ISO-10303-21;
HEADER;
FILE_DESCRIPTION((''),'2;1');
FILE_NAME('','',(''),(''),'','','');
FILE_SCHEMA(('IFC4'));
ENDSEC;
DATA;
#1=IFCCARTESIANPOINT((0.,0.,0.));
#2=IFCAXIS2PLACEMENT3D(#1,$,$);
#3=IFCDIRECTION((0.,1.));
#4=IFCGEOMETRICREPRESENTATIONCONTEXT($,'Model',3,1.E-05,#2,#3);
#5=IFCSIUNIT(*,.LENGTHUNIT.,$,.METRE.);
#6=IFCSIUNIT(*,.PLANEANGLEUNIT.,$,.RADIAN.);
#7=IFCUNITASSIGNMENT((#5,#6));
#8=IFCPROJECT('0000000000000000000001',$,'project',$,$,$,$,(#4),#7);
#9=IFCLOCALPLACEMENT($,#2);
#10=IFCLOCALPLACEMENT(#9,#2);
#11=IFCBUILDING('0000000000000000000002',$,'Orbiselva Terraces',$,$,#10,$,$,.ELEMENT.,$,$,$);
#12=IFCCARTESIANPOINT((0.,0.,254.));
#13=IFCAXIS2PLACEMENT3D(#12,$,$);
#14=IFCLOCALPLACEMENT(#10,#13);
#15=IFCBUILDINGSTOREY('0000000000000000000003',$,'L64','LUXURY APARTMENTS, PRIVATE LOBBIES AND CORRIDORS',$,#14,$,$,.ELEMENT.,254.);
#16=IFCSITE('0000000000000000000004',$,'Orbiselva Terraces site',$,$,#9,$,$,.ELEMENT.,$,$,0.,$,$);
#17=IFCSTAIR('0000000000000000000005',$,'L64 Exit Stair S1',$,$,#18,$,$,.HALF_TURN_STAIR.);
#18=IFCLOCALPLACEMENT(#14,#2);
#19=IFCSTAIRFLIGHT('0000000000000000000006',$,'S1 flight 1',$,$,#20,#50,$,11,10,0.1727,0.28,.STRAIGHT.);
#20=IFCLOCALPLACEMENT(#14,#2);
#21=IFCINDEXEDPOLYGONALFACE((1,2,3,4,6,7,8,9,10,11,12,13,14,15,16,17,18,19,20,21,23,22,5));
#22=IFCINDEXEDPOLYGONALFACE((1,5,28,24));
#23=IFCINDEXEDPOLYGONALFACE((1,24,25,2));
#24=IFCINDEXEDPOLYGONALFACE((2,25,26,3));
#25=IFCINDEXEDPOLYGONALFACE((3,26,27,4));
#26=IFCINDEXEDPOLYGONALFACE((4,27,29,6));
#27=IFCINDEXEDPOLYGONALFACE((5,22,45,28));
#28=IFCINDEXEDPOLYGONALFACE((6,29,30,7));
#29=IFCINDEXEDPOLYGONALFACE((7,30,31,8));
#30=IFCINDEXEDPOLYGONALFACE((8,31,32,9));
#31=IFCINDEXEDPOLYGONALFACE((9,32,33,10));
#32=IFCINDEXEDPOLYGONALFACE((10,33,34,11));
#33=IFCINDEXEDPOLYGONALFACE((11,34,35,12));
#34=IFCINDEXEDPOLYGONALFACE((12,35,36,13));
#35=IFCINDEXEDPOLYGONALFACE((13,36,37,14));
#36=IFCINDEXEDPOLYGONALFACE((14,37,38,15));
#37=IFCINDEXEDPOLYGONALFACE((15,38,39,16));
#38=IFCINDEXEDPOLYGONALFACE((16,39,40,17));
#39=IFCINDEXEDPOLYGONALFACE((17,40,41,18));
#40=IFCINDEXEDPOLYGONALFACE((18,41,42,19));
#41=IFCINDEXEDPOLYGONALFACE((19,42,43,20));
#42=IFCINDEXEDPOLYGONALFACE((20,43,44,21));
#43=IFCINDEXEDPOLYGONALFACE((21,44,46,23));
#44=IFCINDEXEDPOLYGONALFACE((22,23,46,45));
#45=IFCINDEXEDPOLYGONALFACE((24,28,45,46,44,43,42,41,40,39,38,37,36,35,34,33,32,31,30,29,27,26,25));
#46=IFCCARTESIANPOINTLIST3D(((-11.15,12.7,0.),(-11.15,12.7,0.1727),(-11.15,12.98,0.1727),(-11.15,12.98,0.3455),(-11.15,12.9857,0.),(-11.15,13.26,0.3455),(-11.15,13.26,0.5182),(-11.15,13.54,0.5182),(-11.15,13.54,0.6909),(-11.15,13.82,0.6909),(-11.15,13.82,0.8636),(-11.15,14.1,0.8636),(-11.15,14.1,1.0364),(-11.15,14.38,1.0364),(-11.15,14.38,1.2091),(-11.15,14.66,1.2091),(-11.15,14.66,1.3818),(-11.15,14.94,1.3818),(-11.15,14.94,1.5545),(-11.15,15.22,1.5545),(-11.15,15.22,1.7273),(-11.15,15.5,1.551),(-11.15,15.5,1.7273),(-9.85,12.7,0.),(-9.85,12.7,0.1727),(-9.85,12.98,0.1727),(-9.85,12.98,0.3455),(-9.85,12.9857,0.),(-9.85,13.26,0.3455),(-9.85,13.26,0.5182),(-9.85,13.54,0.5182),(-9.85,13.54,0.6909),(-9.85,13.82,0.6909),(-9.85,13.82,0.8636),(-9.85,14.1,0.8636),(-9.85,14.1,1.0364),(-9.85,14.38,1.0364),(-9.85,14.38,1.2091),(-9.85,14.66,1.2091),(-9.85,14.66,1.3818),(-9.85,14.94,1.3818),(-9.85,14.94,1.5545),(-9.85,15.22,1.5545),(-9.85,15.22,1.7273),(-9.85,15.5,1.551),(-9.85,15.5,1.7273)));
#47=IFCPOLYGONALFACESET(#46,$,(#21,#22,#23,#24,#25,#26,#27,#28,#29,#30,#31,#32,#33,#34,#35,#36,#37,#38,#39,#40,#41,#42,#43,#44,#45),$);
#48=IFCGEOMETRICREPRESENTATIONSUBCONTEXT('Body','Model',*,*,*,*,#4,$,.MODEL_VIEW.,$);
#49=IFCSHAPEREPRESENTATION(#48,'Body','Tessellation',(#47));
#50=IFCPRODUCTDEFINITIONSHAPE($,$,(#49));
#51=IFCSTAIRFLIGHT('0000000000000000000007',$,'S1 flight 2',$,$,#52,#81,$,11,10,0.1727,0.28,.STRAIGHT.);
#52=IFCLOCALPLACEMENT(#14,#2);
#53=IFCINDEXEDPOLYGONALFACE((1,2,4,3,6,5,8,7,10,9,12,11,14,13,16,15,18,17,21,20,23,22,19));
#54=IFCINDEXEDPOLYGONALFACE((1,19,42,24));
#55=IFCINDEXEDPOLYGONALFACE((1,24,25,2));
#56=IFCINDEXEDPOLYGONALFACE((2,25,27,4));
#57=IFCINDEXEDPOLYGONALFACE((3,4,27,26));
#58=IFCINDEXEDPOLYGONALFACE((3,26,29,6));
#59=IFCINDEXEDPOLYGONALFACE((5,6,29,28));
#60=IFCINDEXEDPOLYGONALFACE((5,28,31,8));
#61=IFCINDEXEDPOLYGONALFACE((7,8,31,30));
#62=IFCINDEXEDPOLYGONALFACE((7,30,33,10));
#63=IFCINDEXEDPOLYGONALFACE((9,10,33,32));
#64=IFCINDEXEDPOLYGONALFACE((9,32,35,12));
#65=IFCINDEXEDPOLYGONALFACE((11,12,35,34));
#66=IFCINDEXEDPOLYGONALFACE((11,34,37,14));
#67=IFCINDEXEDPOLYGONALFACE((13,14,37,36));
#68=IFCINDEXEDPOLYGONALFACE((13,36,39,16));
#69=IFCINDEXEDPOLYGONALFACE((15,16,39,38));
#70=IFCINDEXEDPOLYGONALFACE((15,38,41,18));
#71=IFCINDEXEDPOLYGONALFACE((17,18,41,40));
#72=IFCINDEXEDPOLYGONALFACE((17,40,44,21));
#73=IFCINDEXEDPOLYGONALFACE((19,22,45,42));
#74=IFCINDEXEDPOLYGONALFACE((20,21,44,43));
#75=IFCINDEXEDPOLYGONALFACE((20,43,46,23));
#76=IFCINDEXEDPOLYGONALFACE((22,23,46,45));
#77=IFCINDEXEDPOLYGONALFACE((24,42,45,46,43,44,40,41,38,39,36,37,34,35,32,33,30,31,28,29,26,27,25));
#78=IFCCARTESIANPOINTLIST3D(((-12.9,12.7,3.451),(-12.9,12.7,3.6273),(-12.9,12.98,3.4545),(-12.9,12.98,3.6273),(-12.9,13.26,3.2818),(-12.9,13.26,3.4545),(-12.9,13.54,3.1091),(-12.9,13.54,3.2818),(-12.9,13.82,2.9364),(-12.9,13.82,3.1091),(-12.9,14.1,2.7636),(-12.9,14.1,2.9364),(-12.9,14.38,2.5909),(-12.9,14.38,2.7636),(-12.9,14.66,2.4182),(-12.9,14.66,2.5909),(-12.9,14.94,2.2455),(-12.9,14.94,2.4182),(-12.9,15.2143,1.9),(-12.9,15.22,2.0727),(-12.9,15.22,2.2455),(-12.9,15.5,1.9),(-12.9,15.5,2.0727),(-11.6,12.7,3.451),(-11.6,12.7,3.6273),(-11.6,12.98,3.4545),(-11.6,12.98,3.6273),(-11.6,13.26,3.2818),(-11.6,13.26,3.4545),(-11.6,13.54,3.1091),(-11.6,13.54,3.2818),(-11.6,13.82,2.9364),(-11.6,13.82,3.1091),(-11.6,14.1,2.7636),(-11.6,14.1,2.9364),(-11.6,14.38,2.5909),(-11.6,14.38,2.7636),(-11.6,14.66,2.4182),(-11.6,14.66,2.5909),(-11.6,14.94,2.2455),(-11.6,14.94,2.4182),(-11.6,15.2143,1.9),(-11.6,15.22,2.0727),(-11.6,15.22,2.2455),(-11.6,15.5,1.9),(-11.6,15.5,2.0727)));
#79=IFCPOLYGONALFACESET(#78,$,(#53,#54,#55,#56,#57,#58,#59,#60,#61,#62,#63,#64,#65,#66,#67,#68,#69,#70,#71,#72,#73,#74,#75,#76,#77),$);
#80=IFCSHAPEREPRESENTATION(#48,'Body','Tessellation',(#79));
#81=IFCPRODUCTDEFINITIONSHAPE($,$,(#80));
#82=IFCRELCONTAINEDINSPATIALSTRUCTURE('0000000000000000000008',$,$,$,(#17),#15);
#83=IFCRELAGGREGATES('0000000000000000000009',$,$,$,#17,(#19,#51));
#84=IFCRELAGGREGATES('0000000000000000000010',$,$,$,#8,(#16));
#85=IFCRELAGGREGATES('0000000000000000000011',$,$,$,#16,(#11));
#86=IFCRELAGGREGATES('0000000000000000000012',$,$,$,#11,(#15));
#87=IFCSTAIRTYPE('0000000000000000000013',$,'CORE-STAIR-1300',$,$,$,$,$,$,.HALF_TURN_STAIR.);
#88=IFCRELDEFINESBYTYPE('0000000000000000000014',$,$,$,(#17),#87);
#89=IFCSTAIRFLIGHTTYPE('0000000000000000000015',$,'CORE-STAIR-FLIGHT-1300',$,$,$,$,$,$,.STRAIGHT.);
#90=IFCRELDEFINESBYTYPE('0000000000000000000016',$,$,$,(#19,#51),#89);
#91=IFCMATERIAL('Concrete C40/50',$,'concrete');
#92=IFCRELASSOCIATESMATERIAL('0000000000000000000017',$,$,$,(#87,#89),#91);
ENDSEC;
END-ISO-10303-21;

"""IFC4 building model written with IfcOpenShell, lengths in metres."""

from ifc_helpers import new_model, si_unit, direction, frame, origin, place, context, subcontext, project, spatial, polyline, outline, extrude, material, type_object, element, aggregate, save


model = new_model("IFC4")

# Units and contexts
model_context = context("Model", 3, precision=1e-05, world=origin(), true_north=direction((0.0, 1.0)))
body_context = subcontext(model_context, "Body", "Model", "MODEL_VIEW")
ifc_project = project(units=[si_unit("LENGTHUNIT", "METRE"), si_unit("PLANEANGLEUNIT", "RADIAN")], contexts=[model_context])

# Site, building, storey
site_placement = place(None, origin())
site = spatial("IfcSite", under=ifc_project, at=site_placement, Name="Orbiselva Terraces site", CompositionType="ELEMENT", RefElevation=0.0)
building_placement = place(site_placement, origin())
building = spatial("IfcBuilding", under=site, at=building_placement, Name="Orbiselva Terraces", CompositionType="ELEMENT")
storey_placement = place(building_placement, frame((0.0, 0.0, 254.0)))
storey = spatial("IfcBuildingStorey", under=building, at=storey_placement, Name="L64", Description="LUXURY APARTMENTS, PRIVATE LOBBIES AND CORRIDORS", CompositionType="ELEMENT", Elevation=254.0)

# Shared definitions
ifc_material_1 = material(Name="Concrete C40/50", Category="concrete")

# Stair, stair flights
stair_type = type_object("IfcStairType", Name="CORE-STAIR-1300", PredefinedType="HALF_TURN_STAIR", material=ifc_material_1)
stair_placement = place(storey_placement, origin())
stair = element("IfcStair", 1, at=stair_placement, inside=storey, type_object=stair_type, Name="L64 Exit Stair S1", PredefinedType="HALF_TURN_STAIR")
stair_flight_type = type_object("IfcStairFlightType", Name="CORE-STAIR-FLIGHT-1300", PredefinedType="STRAIGHT", material=ifc_material_1)
stair_flight_1_placement = place(storey_placement, frame((-10.5, 12.7, 0.0), z_axis=(0.0, 0.0, 1.0), x_axis=(0.0, 1.0, 0.0)))
stair_flight_1 = element("IfcStairFlight", 2, at=stair_flight_1_placement, type_object=stair_flight_type, Name="S1 flight 1", NumberOfRisers=11, NumberOfTreads=10, PredefinedType="STRAIGHT", RiserHeight=0.1727, TreadLength=0.28, context=body_context, shape_type="SweptSolid", body=[
    extrude(outline(polyline([(0.0, 0.0), (0.0, 0.1727), (0.28, 0.1727), (0.28, 0.3455), (0.56, 0.3455), (0.56, 0.5182), (0.84, 0.5182), (0.84, 0.6909), (1.12, 0.6909), (1.12, 0.8636), (1.4, 0.8636), (1.4, 1.0364), (1.68, 1.0364), (1.68, 1.2091), (1.96, 1.2091), (1.96, 1.3818), (2.24, 1.3818), (2.24, 1.5545), (2.52, 1.5545), (2.52, 1.7273), (2.8, 1.7273), (2.8, 1.9), (2.8, 1.551), (0.2857, 0.0), (0.0, 0.0)])), frame((0.0, 0.65, 0.0), z_axis=(0.0, -1.0, 0.0), x_axis=(1.0, 0.0, 0.0)), (0.0, 0.0, 1.0), 1.3),
])
stair_flight_2_placement = place(storey_placement, frame((-12.25, 15.5, 1.9), z_axis=(0.0, 0.0, 1.0), x_axis=(0.0, -1.0, 0.0)))
stair_flight_2 = element("IfcStairFlight", 3, at=stair_flight_2_placement, type_object=stair_flight_type, Name="S1 flight 2", NumberOfRisers=11, NumberOfTreads=10, PredefinedType="STRAIGHT", RiserHeight=0.1727, TreadLength=0.28, context=body_context, shape_type="SweptSolid", body=[
    extrude(outline(polyline([(0.0, 0.0), (0.0, 0.1727), (0.28, 0.1727), (0.28, 0.3455), (0.56, 0.3455), (0.56, 0.5182), (0.84, 0.5182), (0.84, 0.6909), (1.12, 0.6909), (1.12, 0.8636), (1.4, 0.8636), (1.4, 1.0364), (1.68, 1.0364), (1.68, 1.2091), (1.96, 1.2091), (1.96, 1.3818), (2.24, 1.3818), (2.24, 1.5545), (2.52, 1.5545), (2.52, 1.7273), (2.8, 1.7273), (2.8, 1.9), (2.8, 1.551), (0.2857, 0.0), (0.0, 0.0)])), frame((0.0, 0.65, 0.0), z_axis=(0.0, -1.0, 0.0), x_axis=(1.0, 0.0, 0.0)), (0.0, 0.0, 1.0), 1.3),
])
aggregate(stair, [stair_flight_1, stair_flight_2])

save(model, "model.ifc")
